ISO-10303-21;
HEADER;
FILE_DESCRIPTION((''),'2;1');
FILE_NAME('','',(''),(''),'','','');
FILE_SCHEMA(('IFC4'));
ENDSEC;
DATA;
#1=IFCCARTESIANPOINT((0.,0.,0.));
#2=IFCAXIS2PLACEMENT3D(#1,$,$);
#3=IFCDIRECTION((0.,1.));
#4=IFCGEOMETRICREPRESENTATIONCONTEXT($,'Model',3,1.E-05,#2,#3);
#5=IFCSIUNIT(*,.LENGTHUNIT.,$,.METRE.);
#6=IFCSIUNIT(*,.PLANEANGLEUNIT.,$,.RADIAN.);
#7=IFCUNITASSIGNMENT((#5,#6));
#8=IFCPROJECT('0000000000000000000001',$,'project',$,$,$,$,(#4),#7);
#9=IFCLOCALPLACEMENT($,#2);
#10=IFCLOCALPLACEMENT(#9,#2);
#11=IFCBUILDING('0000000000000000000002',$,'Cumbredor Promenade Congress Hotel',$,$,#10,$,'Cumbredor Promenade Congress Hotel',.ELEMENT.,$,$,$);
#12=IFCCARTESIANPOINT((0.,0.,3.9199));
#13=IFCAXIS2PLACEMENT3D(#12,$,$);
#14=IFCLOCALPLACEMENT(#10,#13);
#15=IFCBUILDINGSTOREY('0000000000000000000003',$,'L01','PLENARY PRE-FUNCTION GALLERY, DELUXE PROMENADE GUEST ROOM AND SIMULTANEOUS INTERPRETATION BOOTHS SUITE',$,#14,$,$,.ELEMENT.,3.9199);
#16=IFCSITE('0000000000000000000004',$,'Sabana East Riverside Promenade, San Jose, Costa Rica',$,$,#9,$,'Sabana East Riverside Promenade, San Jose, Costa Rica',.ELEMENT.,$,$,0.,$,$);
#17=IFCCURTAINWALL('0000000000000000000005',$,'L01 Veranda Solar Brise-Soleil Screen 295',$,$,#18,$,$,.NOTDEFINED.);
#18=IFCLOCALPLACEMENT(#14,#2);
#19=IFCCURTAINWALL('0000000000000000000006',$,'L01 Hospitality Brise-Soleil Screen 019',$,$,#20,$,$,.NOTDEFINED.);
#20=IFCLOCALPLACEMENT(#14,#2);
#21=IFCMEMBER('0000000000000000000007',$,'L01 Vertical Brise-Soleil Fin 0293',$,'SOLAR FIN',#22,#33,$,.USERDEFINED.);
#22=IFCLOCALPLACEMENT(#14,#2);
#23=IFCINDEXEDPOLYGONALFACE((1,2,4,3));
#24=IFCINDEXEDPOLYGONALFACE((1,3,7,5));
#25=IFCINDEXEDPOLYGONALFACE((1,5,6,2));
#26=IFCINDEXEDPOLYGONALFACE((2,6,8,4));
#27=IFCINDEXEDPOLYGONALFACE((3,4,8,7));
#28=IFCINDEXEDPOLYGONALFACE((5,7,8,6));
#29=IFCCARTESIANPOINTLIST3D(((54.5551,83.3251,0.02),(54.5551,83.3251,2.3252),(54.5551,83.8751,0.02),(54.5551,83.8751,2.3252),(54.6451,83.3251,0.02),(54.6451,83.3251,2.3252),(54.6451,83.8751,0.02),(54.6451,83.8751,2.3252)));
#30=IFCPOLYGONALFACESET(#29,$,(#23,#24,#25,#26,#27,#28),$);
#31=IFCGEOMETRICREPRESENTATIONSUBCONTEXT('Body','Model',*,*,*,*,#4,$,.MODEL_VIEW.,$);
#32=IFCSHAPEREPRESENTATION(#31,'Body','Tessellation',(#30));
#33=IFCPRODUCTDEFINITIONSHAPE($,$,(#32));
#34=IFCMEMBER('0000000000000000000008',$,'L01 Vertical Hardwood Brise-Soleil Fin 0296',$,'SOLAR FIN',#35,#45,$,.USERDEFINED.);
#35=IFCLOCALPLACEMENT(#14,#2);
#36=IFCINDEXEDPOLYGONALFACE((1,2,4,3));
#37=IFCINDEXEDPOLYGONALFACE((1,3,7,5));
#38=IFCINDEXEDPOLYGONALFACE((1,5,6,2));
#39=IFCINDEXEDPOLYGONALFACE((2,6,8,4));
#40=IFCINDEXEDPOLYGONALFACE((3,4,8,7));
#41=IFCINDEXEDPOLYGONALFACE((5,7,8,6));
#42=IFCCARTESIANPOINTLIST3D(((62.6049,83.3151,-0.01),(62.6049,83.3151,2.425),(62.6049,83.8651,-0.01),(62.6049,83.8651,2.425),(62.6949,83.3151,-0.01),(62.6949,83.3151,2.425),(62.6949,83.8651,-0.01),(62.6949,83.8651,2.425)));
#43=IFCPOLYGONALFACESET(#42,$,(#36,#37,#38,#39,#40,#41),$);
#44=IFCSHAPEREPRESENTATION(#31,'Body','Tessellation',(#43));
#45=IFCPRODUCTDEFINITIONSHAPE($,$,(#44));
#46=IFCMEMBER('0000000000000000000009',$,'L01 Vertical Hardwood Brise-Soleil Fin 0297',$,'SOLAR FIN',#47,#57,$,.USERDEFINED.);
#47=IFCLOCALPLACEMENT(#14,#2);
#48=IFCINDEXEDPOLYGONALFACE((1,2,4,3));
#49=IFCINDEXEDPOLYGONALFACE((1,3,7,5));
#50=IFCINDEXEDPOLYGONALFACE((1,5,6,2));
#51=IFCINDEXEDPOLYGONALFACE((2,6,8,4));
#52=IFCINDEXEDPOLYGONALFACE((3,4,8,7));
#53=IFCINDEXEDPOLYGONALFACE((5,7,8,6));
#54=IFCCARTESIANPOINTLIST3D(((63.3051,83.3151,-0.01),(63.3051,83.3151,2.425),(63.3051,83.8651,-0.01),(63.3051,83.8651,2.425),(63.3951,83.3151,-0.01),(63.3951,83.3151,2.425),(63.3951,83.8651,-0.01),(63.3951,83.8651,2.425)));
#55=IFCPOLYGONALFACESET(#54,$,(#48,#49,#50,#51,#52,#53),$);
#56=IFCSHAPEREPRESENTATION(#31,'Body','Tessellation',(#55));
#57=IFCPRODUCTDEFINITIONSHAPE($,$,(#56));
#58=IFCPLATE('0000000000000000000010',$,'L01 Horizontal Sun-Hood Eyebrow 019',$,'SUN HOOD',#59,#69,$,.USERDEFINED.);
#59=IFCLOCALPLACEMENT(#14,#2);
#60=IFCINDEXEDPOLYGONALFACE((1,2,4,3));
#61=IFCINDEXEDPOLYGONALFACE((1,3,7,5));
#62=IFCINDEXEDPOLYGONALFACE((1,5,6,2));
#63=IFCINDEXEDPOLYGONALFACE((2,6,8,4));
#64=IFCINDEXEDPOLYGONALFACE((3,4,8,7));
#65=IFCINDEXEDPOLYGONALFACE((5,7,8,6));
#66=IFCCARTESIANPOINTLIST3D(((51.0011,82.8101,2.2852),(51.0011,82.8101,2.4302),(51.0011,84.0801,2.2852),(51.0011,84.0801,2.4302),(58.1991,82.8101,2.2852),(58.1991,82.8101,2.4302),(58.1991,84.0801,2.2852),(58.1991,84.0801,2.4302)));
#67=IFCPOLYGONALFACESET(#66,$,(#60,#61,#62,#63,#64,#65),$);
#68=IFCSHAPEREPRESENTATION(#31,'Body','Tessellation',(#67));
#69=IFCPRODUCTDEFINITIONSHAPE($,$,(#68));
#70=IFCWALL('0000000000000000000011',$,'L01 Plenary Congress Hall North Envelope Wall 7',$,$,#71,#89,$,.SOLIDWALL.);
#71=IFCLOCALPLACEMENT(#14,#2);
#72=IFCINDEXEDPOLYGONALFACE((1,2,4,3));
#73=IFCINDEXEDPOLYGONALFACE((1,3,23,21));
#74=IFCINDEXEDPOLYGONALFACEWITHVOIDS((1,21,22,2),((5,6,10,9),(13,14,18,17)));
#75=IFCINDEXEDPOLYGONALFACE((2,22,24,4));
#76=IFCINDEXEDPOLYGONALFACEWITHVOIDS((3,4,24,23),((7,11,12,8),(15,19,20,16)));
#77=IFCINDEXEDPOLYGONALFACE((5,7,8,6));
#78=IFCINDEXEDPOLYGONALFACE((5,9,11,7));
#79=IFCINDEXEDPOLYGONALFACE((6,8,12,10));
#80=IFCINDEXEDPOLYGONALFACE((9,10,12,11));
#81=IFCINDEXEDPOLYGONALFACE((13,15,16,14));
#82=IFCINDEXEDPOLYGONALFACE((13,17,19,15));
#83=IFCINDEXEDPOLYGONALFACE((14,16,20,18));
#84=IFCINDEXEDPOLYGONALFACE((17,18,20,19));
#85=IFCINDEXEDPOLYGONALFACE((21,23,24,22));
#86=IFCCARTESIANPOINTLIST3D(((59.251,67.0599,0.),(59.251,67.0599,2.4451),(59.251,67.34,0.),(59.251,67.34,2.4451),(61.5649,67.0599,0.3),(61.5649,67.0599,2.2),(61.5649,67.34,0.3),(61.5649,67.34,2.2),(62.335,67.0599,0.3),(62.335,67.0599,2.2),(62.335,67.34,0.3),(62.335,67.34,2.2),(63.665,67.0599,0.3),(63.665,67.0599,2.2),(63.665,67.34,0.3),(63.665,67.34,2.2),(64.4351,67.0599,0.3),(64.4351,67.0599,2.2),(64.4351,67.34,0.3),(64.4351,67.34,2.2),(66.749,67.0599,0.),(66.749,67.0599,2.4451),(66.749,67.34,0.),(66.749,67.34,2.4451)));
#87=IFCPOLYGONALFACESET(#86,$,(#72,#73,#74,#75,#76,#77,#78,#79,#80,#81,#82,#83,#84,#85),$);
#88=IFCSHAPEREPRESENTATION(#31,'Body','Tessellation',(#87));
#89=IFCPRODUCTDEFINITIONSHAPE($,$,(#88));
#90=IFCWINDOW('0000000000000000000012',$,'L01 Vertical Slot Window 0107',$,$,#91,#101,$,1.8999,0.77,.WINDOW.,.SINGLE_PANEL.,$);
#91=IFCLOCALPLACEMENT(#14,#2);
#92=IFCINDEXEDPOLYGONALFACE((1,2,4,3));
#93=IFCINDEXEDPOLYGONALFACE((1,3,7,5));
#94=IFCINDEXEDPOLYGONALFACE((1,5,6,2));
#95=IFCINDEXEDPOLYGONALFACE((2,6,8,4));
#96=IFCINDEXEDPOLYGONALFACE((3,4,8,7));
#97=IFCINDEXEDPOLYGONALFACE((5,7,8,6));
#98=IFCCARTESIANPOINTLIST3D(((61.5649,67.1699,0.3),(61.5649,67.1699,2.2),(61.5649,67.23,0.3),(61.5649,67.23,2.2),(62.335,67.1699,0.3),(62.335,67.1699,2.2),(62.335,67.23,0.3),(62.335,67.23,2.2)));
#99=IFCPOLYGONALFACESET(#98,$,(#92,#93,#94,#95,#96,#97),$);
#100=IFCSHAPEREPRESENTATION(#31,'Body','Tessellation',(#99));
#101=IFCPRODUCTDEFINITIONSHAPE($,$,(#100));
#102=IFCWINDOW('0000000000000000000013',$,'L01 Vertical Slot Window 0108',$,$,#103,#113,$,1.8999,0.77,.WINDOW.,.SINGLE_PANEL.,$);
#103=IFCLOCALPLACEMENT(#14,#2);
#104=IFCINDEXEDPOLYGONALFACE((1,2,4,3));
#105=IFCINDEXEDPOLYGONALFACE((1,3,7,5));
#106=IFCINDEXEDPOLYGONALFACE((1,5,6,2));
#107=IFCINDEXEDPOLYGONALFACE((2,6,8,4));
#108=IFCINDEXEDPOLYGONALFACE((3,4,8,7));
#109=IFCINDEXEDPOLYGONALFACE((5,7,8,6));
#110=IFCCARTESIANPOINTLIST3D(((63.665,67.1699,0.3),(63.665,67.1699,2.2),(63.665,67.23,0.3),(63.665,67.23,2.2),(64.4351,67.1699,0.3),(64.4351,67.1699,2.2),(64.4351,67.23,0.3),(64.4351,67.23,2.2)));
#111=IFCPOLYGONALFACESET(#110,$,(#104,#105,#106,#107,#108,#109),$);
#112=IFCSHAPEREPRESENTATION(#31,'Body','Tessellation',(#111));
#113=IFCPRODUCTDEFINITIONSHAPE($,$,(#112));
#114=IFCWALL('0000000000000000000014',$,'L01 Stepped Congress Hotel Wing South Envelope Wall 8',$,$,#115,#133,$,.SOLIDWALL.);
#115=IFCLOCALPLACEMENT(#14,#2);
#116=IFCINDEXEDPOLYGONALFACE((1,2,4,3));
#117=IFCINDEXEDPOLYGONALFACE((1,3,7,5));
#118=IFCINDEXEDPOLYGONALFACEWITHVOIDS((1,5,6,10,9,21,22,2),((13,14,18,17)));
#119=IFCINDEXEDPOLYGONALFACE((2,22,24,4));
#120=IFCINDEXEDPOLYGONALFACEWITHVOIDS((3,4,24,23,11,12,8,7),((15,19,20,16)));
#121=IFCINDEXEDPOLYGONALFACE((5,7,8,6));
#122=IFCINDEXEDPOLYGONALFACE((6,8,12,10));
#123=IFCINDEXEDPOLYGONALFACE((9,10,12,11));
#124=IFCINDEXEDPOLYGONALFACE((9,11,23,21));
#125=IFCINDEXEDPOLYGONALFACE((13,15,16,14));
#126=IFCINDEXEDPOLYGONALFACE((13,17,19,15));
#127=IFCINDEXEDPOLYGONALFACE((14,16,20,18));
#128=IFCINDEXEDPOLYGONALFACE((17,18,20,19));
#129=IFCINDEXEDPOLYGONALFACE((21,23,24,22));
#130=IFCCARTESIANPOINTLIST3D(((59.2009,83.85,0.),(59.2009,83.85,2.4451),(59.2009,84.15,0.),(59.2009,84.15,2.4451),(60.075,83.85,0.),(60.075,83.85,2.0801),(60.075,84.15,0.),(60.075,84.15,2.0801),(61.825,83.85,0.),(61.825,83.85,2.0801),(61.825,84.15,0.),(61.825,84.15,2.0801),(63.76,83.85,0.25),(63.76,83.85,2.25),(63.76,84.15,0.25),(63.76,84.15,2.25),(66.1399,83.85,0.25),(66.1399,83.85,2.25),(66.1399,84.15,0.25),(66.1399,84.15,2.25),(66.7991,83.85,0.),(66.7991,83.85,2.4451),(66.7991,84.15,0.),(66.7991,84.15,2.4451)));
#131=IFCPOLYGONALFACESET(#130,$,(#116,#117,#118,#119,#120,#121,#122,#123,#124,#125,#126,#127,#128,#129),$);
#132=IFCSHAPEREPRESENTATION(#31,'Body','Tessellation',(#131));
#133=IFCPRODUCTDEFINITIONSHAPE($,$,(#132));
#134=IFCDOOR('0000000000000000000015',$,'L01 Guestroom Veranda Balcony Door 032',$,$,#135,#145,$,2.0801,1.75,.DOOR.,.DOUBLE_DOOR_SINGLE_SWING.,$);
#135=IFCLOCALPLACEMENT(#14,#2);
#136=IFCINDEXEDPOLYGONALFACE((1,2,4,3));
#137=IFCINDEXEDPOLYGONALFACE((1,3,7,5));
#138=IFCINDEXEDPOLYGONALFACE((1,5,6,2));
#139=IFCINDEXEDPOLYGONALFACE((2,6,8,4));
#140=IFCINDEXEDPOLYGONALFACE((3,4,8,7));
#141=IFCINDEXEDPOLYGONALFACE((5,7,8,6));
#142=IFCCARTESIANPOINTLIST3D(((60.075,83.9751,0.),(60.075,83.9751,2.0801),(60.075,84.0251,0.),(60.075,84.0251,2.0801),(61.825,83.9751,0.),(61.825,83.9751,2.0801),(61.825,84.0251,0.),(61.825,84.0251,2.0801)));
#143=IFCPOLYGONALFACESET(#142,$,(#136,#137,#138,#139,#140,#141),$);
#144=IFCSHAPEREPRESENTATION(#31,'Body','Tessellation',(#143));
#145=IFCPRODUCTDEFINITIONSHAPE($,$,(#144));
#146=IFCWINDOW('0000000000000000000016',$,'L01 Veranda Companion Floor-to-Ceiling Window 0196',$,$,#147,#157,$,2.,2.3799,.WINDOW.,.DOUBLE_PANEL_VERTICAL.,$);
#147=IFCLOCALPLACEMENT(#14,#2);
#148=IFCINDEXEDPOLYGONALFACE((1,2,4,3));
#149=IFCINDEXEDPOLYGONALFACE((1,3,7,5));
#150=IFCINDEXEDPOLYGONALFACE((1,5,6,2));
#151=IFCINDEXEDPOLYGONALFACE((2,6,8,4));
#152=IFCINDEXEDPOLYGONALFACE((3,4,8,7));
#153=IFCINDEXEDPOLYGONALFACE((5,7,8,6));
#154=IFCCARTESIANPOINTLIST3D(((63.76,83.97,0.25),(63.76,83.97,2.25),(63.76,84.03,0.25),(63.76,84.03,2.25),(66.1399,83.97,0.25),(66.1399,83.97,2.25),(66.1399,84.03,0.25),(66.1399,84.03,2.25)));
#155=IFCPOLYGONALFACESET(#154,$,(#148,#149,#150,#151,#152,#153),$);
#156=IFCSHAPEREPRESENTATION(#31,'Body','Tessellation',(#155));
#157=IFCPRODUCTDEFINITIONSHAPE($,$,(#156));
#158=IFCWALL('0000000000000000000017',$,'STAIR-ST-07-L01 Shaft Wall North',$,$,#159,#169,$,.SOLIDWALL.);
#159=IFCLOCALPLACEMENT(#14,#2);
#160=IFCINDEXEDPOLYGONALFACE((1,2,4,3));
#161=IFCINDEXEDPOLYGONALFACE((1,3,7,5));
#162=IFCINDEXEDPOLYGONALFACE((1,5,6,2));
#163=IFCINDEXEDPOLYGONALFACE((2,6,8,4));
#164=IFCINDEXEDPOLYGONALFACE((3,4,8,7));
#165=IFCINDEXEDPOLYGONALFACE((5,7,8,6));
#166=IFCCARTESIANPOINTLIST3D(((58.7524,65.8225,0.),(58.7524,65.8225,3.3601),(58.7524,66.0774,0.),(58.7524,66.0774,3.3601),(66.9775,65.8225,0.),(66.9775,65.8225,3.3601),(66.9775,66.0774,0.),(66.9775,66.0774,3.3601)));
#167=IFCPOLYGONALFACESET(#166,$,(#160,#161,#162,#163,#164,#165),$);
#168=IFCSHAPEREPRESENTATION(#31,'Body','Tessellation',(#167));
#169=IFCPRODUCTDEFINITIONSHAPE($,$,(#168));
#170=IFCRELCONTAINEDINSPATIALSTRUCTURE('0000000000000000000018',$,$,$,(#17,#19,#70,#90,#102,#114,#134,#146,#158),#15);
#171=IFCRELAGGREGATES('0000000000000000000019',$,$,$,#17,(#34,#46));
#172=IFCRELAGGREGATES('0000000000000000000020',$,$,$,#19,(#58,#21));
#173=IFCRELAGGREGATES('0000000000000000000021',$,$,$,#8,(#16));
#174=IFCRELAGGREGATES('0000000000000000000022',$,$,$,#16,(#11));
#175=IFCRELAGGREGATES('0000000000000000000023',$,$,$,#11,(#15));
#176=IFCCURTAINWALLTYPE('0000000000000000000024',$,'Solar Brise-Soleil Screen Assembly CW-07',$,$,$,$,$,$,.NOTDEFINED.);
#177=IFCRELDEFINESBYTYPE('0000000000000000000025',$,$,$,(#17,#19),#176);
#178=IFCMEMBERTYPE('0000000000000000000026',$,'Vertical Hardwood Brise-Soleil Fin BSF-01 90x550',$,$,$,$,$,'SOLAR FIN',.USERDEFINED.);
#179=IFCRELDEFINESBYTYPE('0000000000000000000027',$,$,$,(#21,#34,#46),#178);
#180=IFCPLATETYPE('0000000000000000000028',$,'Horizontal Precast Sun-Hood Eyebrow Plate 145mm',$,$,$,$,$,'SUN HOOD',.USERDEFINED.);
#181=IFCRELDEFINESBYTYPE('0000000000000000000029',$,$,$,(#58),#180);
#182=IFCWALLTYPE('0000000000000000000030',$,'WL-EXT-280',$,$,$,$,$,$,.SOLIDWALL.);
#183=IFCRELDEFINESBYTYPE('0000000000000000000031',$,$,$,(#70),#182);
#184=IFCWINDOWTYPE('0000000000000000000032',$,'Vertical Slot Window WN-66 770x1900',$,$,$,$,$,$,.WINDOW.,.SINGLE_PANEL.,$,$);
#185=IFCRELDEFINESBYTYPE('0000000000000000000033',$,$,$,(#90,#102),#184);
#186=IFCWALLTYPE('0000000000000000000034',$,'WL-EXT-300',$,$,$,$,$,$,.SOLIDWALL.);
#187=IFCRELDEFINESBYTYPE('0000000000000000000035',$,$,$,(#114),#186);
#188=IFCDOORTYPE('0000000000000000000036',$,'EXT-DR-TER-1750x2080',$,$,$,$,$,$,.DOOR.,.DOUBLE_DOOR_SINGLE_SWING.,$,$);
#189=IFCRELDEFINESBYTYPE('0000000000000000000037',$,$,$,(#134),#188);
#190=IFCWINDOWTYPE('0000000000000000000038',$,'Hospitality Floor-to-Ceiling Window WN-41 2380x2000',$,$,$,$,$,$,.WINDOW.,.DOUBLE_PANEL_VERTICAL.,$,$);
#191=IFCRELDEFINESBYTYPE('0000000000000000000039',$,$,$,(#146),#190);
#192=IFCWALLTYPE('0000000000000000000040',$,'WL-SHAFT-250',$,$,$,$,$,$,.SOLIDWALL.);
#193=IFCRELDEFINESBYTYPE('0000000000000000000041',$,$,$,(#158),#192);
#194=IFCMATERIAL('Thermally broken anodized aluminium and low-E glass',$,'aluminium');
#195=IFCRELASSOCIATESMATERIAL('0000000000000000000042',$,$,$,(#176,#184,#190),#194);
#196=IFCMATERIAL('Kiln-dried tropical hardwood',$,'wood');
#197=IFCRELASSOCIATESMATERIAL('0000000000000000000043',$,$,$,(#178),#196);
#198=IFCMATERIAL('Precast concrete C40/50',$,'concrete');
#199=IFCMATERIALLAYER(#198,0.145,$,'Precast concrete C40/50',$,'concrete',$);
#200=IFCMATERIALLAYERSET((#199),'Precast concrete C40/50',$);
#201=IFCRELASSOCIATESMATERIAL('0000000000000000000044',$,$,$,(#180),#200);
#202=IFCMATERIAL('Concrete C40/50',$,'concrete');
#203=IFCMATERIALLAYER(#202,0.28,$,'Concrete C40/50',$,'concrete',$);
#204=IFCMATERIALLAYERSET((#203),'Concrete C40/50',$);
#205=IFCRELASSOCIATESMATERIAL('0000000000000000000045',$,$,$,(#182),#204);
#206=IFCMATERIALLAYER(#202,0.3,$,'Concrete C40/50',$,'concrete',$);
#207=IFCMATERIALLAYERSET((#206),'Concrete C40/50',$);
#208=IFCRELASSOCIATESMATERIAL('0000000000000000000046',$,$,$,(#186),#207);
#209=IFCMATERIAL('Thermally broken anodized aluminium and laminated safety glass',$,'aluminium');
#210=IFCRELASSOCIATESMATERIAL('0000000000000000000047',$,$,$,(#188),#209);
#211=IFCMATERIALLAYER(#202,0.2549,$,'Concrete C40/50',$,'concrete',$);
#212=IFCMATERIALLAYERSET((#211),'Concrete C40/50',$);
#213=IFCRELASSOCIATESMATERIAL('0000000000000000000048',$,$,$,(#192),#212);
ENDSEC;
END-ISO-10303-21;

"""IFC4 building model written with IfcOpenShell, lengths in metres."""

from ifc_helpers import new_model, si_unit, direction, frame, frame_2d, origin, origin_2d, place, context, subcontext, project, spatial, rectangle, extrude, material, layer, layer_set, material_profile, profile_set, type_object, element, fill, aggregate, save


model = new_model("IFC4")

# Units and contexts
model_context = context("Model", 3, precision=1e-05, world=origin(), true_north=direction((0.0, 1.0)))
body_context = subcontext(model_context, "Body", "Model", "MODEL_VIEW")
ifc_project = project(units=[si_unit("LENGTHUNIT", "METRE"), si_unit("PLANEANGLEUNIT", "RADIAN")], contexts=[model_context])

# Site, building, storey
site_placement = place(None, origin())
site = spatial("IfcSite", under=ifc_project, at=site_placement, Name="Sabana East Riverside Promenade, San Jose, Costa Rica", LongName="Sabana East Riverside Promenade, San Jose, Costa Rica", CompositionType="ELEMENT", RefElevation=0.0)
building_placement = place(site_placement, origin())
building = spatial("IfcBuilding", under=site, at=building_placement, Name="Cumbredor Promenade Congress Hotel", LongName="Cumbredor Promenade Congress Hotel", CompositionType="ELEMENT")
storey_placement = place(building_placement, frame((0.0, 0.0, 3.9199)))
storey = spatial("IfcBuildingStorey", under=building, at=storey_placement, Name="L01", Description="PLENARY PRE-FUNCTION GALLERY, DELUXE PROMENADE GUEST ROOM AND SIMULTANEOUS INTERPRETATION BOOTHS SUITE", CompositionType="ELEMENT", Elevation=3.9199)

# Curtain wall
ifc_material_1 = material(Name="Thermally broken anodized aluminium and low-E glass", Category="aluminium")
curtain_wall_type = type_object("IfcCurtainWallType", Name="Solar Brise-Soleil Screen Assembly CW-07", PredefinedType="NOTDEFINED", material=ifc_material_1)
curtain_wall_1_placement = place(storey_placement, origin())
curtain_wall_1 = element("IfcCurtainWall", 1, at=curtain_wall_1_placement, inside=storey, type_object=curtain_wall_type, Name="L01 Veranda Solar Brise-Soleil Screen 295", PredefinedType="NOTDEFINED")

# Shared definitions
ifc_material_2 = material(Name="Concrete C40/50", Category="concrete")

# Curtain wall, member
curtain_wall_2_placement = place(storey_placement, origin())
curtain_wall_2 = element("IfcCurtainWall", 2, at=curtain_wall_2_placement, inside=storey, type_object=curtain_wall_type, Name="L01 Hospitality Brise-Soleil Screen 019", PredefinedType="NOTDEFINED")
ifc_material_3 = material(Name="Kiln-dried tropical hardwood", Category="wood")
ifc_material_profile_1 = material_profile(ifc_material_3, rectangle(XDim=0.0901, YDim=0.55, at=origin_2d()), Name="ARCH FIN 90x550")
ifc_profile_set_1 = profile_set([ifc_material_profile_1], Name="Kiln-dried tropical hardwood")
member_type_1 = type_object("IfcMemberType", Name="Vertical Hardwood Brise-Soleil Fin BSF-01 90x550", ElementType="SOLAR FIN", PredefinedType="USERDEFINED", material=ifc_profile_set_1)
member_1_placement = place(storey_placement, frame((54.6001, 83.6001, 0.02), z_axis=(0.0, 0.0, 1.0), x_axis=(1.0, 0.0, 0.0)))
member_1 = element("IfcMember", 3, at=member_1_placement, type_object=member_type_1, Name="L01 Vertical Brise-Soleil Fin 0293", ObjectType="SOLAR FIN", PredefinedType="USERDEFINED", context=body_context, shape_type="SweptSolid", body=[
    extrude(rectangle(XDim=0.0901, YDim=0.55, at=origin_2d()), origin(), (0.0, 0.0, 1.0), 2.3052),
])

# Members
member_2_placement = place(storey_placement, frame((62.6499, 83.5901, -0.01), z_axis=(0.0, 0.0, 1.0), x_axis=(1.0, 0.0, 0.0)))
member_2 = element("IfcMember", 4, at=member_2_placement, type_object=member_type_1, Name="L01 Vertical Hardwood Brise-Soleil Fin 0296", ObjectType="SOLAR FIN", PredefinedType="USERDEFINED", context=body_context, shape_type="SweptSolid", body=[
    extrude(rectangle(XDim=0.0901, YDim=0.55, at=origin_2d()), origin(), (0.0, 0.0, 1.0), 2.4351),
])
member_3_placement = place(storey_placement, frame((63.3501, 83.5901, -0.01), z_axis=(0.0, 0.0, 1.0), x_axis=(1.0, 0.0, 0.0)))
member_3 = element("IfcMember", 5, at=member_3_placement, type_object=member_type_1, Name="L01 Vertical Hardwood Brise-Soleil Fin 0297", ObjectType="SOLAR FIN", PredefinedType="USERDEFINED", context=body_context, shape_type="SweptSolid", body=[
    extrude(rectangle(XDim=0.0901, YDim=0.55, at=origin_2d()), origin(), (0.0, 0.0, 1.0), 2.4351),
])
aggregate(curtain_wall_1, [member_2, member_3])

# Plate
ifc_material_4 = material(Name="Precast concrete C40/50", Category="concrete")
ifc_layer_1 = layer(ifc_material_4, 0.145, Name="Precast concrete C40/50", Category="concrete")
ifc_layer_set_1 = layer_set([ifc_layer_1], Name="Precast concrete C40/50")
plate_type = type_object("IfcPlateType", Name="Horizontal Precast Sun-Hood Eyebrow Plate 145mm", ElementType="SUN HOOD", PredefinedType="USERDEFINED", material=ifc_layer_set_1)
plate_placement = place(storey_placement, frame((54.6001, 83.4451, 2.2852), z_axis=(0.0, 0.0, 1.0), x_axis=(1.0, 0.0, 0.0)))
plate = element("IfcPlate", 6, at=plate_placement, type_object=plate_type, Name="L01 Horizontal Sun-Hood Eyebrow 019", ObjectType="SUN HOOD", PredefinedType="USERDEFINED", context=body_context, shape_type="SweptSolid", body=[
    extrude(rectangle(XDim=7.198, YDim=1.27, at=origin_2d()), origin(), (0.0, 0.0, 1.0), 0.145),
])
aggregate(curtain_wall_2, [plate, member_1])

# Wall, openings, windows
ifc_layer_2 = layer(ifc_material_2, 0.28, Name="Concrete C40/50", Category="concrete")
ifc_layer_set_2 = layer_set([ifc_layer_2], Name="Concrete C40/50")
wall_type_1 = type_object("IfcWallType", Name="WL-EXT-280", PredefinedType="SOLIDWALL", material=ifc_layer_set_2)
wall_1_placement = place(storey_placement, frame((59.251, 67.2, 0.0), z_axis=(0.0, 0.0, 1.0), x_axis=(1.0, 0.0, 0.0)))
wall_1 = element("IfcWall", 7, at=wall_1_placement, inside=storey, type_object=wall_type_1, Name="L01 Plenary Congress Hall North Envelope Wall 7", PredefinedType="SOLIDWALL", context=body_context, shape_type="SweptSolid", body=[
    extrude(rectangle(XDim=7.498, YDim=0.28, at=frame_2d((3.749, 0.0))), origin(), (0.0, 0.0, 1.0), 2.4451),
])
opening_1_placement = place(wall_1_placement, frame((2.314, 0.0, 0.3)))
opening_1 = element("IfcOpeningElement", 8, at=opening_1_placement, cuts=wall_1, PredefinedType="OPENING", context=body_context, shape_type="SweptSolid", body=[
    extrude(rectangle(XDim=0.77, YDim=1.8999, at=frame_2d((0.385, 0.95))), frame((0.0, 0.1499, 0.0), z_axis=(0.0, -1.0, 0.0), x_axis=(1.0, 0.0, 0.0)), (0.0, 0.0, 1.0), 0.3),
])
opening_2_placement = place(wall_1_placement, frame((4.4141, 0.0, 0.3)))
opening_2 = element("IfcOpeningElement", 9, at=opening_2_placement, cuts=wall_1, PredefinedType="OPENING", context=body_context, shape_type="SweptSolid", body=[
    extrude(rectangle(XDim=0.77, YDim=1.8999, at=frame_2d((0.385, 0.95))), frame((0.0, 0.1499, 0.0), z_axis=(0.0, -1.0, 0.0), x_axis=(1.0, 0.0, 0.0)), (0.0, 0.0, 1.0), 0.3),
])
window_type_1 = type_object("IfcWindowType", Name="Vertical Slot Window WN-66 770x1900", PartitioningType="SINGLE_PANEL", PredefinedType="WINDOW", material=ifc_material_1)
window_1_placement = place(opening_1_placement, origin())
window_1 = element("IfcWindow", 10, at=window_1_placement, inside=storey, type_object=window_type_1, Name="L01 Vertical Slot Window 0107", OverallHeight=1.8999, OverallWidth=0.77, PartitioningType="SINGLE_PANEL", PredefinedType="WINDOW", context=body_context, shape_type="SweptSolid", body=[
    extrude(rectangle(XDim=0.77, YDim=1.8999, at=frame_2d((0.385, 0.95))), frame((0.0, 0.03, 0.0), z_axis=(0.0, -1.0, 0.0), x_axis=(1.0, 0.0, 0.0)), (0.0, 0.0, 1.0), 0.0601),
])
fill(opening_1, window_1)
window_2_placement = place(opening_2_placement, origin())
window_2 = element("IfcWindow", 11, at=window_2_placement, inside=storey, type_object=window_type_1, Name="L01 Vertical Slot Window 0108", OverallHeight=1.8999, OverallWidth=0.77, PartitioningType="SINGLE_PANEL", PredefinedType="WINDOW", context=body_context, shape_type="SweptSolid", body=[
    extrude(rectangle(XDim=0.77, YDim=1.8999, at=frame_2d((0.385, 0.95))), frame((0.0, 0.03, 0.0), z_axis=(0.0, -1.0, 0.0), x_axis=(1.0, 0.0, 0.0)), (0.0, 0.0, 1.0), 0.0601),
])
fill(opening_2, window_2)

# Wall, openings, door, window
ifc_layer_3 = layer(ifc_material_2, 0.3, Name="Concrete C40/50", Category="concrete")
ifc_layer_set_3 = layer_set([ifc_layer_3], Name="Concrete C40/50")
wall_type_2 = type_object("IfcWallType", Name="WL-EXT-300", PredefinedType="SOLIDWALL", material=ifc_layer_set_3)
wall_2_placement = place(storey_placement, frame((59.2009, 84.0, 0.0), z_axis=(0.0, 0.0, 1.0), x_axis=(1.0, 0.0, 0.0)))
wall_2 = element("IfcWall", 12, at=wall_2_placement, inside=storey, type_object=wall_type_2, Name="L01 Stepped Congress Hotel Wing South Envelope Wall 8", PredefinedType="SOLIDWALL", context=body_context, shape_type="SweptSolid", body=[
    extrude(rectangle(XDim=7.5981, YDim=0.3, at=frame_2d((3.7991, 0.0))), origin(), (0.0, 0.0, 1.0), 2.4451),
])
opening_3_placement = place(wall_2_placement, frame((0.874, 0.0, 0.0)))
opening_3 = element("IfcOpeningElement", 13, at=opening_3_placement, cuts=wall_2, PredefinedType="OPENING", context=body_context, shape_type="SweptSolid", body=[
    extrude(rectangle(XDim=1.75, YDim=2.0801, at=frame_2d((0.875, 1.04))), frame((0.0, 0.1602, 0.0), z_axis=(0.0, -1.0, 0.0), x_axis=(1.0, 0.0, 0.0)), (0.0, 0.0, 1.0), 0.3201),
])
opening_4_placement = place(wall_2_placement, frame((4.5591, 0.0, 0.25)))
opening_4 = element("IfcOpeningElement", 14, at=opening_4_placement, cuts=wall_2, PredefinedType="OPENING", context=body_context, shape_type="SweptSolid", body=[
    extrude(rectangle(XDim=2.3799, YDim=2.0, at=frame_2d((1.1899, 1.0))), frame((0.0, 0.1602, 0.0), z_axis=(0.0, -1.0, 0.0), x_axis=(1.0, 0.0, 0.0)), (0.0, 0.0, 1.0), 0.3201),
])
ifc_material_5 = material(Name="Thermally broken anodized aluminium and laminated safety glass", Category="aluminium")
door_type = type_object("IfcDoorType", Name="EXT-DR-TER-1750x2080", OperationType="DOUBLE_DOOR_SINGLE_SWING", PredefinedType="DOOR", material=ifc_material_5)
door_placement = place(opening_3_placement, frame((1.75, 0.0, 0.0), z_axis=(0.0, 0.0, 1.0), x_axis=(-1.0, 0.0, 0.0)))
door = element("IfcDoor", 15, at=door_placement, inside=storey, type_object=door_type, Name="L01 Guestroom Veranda Balcony Door 032", OperationType="DOUBLE_DOOR_SINGLE_SWING", OverallHeight=2.0801, OverallWidth=1.75, PredefinedType="DOOR", context=body_context, shape_type="SweptSolid", body=[
    extrude(rectangle(XDim=1.75, YDim=2.0801, at=frame_2d((0.875, 1.04))), frame((0.0, 0.0249, 0.0), z_axis=(0.0, -1.0, 0.0), x_axis=(1.0, 0.0, 0.0)), (0.0, 0.0, 1.0), 0.05),
])
fill(opening_3, door)
window_type_2 = type_object("IfcWindowType", Name="Hospitality Floor-to-Ceiling Window WN-41 2380x2000", PartitioningType="DOUBLE_PANEL_VERTICAL", PredefinedType="WINDOW", material=ifc_material_1)
window_3_placement = place(opening_4_placement, origin())
window_3 = element("IfcWindow", 16, at=window_3_placement, inside=storey, type_object=window_type_2, Name="L01 Veranda Companion Floor-to-Ceiling Window 0196", OverallHeight=2.0, OverallWidth=2.3799, PartitioningType="DOUBLE_PANEL_VERTICAL", PredefinedType="WINDOW", context=body_context, shape_type="SweptSolid", body=[
    extrude(rectangle(XDim=2.3799, YDim=2.0, at=frame_2d((1.1899, 1.0))), frame((0.0, 0.03, 0.0), z_axis=(0.0, -1.0, 0.0), x_axis=(1.0, 0.0, 0.0)), (0.0, 0.0, 1.0), 0.0601),
])
fill(opening_4, window_3)

# Wall
ifc_layer_4 = layer(ifc_material_2, 0.2549, Name="Concrete C40/50", Category="concrete")
ifc_layer_set_4 = layer_set([ifc_layer_4], Name="Concrete C40/50")
wall_type_3 = type_object("IfcWallType", Name="WL-SHAFT-250", PredefinedType="SOLIDWALL", material=ifc_layer_set_4)
wall_3_placement = place(storey_placement, frame((58.7524, 65.95, 0.0), z_axis=(0.0, 0.0, 1.0), x_axis=(1.0, 0.0, 0.0)))
element("IfcWall", 17, at=wall_3_placement, inside=storey, type_object=wall_type_3, Name="STAIR-ST-07-L01 Shaft Wall North", PredefinedType="SOLIDWALL", context=body_context, shape_type="SweptSolid", body=[
    extrude(rectangle(XDim=8.2251, YDim=0.2549, at=frame_2d((4.1125, 0.0))), origin(), (0.0, 0.0, 1.0), 3.3601),
])

save(model, "model.ifc")
